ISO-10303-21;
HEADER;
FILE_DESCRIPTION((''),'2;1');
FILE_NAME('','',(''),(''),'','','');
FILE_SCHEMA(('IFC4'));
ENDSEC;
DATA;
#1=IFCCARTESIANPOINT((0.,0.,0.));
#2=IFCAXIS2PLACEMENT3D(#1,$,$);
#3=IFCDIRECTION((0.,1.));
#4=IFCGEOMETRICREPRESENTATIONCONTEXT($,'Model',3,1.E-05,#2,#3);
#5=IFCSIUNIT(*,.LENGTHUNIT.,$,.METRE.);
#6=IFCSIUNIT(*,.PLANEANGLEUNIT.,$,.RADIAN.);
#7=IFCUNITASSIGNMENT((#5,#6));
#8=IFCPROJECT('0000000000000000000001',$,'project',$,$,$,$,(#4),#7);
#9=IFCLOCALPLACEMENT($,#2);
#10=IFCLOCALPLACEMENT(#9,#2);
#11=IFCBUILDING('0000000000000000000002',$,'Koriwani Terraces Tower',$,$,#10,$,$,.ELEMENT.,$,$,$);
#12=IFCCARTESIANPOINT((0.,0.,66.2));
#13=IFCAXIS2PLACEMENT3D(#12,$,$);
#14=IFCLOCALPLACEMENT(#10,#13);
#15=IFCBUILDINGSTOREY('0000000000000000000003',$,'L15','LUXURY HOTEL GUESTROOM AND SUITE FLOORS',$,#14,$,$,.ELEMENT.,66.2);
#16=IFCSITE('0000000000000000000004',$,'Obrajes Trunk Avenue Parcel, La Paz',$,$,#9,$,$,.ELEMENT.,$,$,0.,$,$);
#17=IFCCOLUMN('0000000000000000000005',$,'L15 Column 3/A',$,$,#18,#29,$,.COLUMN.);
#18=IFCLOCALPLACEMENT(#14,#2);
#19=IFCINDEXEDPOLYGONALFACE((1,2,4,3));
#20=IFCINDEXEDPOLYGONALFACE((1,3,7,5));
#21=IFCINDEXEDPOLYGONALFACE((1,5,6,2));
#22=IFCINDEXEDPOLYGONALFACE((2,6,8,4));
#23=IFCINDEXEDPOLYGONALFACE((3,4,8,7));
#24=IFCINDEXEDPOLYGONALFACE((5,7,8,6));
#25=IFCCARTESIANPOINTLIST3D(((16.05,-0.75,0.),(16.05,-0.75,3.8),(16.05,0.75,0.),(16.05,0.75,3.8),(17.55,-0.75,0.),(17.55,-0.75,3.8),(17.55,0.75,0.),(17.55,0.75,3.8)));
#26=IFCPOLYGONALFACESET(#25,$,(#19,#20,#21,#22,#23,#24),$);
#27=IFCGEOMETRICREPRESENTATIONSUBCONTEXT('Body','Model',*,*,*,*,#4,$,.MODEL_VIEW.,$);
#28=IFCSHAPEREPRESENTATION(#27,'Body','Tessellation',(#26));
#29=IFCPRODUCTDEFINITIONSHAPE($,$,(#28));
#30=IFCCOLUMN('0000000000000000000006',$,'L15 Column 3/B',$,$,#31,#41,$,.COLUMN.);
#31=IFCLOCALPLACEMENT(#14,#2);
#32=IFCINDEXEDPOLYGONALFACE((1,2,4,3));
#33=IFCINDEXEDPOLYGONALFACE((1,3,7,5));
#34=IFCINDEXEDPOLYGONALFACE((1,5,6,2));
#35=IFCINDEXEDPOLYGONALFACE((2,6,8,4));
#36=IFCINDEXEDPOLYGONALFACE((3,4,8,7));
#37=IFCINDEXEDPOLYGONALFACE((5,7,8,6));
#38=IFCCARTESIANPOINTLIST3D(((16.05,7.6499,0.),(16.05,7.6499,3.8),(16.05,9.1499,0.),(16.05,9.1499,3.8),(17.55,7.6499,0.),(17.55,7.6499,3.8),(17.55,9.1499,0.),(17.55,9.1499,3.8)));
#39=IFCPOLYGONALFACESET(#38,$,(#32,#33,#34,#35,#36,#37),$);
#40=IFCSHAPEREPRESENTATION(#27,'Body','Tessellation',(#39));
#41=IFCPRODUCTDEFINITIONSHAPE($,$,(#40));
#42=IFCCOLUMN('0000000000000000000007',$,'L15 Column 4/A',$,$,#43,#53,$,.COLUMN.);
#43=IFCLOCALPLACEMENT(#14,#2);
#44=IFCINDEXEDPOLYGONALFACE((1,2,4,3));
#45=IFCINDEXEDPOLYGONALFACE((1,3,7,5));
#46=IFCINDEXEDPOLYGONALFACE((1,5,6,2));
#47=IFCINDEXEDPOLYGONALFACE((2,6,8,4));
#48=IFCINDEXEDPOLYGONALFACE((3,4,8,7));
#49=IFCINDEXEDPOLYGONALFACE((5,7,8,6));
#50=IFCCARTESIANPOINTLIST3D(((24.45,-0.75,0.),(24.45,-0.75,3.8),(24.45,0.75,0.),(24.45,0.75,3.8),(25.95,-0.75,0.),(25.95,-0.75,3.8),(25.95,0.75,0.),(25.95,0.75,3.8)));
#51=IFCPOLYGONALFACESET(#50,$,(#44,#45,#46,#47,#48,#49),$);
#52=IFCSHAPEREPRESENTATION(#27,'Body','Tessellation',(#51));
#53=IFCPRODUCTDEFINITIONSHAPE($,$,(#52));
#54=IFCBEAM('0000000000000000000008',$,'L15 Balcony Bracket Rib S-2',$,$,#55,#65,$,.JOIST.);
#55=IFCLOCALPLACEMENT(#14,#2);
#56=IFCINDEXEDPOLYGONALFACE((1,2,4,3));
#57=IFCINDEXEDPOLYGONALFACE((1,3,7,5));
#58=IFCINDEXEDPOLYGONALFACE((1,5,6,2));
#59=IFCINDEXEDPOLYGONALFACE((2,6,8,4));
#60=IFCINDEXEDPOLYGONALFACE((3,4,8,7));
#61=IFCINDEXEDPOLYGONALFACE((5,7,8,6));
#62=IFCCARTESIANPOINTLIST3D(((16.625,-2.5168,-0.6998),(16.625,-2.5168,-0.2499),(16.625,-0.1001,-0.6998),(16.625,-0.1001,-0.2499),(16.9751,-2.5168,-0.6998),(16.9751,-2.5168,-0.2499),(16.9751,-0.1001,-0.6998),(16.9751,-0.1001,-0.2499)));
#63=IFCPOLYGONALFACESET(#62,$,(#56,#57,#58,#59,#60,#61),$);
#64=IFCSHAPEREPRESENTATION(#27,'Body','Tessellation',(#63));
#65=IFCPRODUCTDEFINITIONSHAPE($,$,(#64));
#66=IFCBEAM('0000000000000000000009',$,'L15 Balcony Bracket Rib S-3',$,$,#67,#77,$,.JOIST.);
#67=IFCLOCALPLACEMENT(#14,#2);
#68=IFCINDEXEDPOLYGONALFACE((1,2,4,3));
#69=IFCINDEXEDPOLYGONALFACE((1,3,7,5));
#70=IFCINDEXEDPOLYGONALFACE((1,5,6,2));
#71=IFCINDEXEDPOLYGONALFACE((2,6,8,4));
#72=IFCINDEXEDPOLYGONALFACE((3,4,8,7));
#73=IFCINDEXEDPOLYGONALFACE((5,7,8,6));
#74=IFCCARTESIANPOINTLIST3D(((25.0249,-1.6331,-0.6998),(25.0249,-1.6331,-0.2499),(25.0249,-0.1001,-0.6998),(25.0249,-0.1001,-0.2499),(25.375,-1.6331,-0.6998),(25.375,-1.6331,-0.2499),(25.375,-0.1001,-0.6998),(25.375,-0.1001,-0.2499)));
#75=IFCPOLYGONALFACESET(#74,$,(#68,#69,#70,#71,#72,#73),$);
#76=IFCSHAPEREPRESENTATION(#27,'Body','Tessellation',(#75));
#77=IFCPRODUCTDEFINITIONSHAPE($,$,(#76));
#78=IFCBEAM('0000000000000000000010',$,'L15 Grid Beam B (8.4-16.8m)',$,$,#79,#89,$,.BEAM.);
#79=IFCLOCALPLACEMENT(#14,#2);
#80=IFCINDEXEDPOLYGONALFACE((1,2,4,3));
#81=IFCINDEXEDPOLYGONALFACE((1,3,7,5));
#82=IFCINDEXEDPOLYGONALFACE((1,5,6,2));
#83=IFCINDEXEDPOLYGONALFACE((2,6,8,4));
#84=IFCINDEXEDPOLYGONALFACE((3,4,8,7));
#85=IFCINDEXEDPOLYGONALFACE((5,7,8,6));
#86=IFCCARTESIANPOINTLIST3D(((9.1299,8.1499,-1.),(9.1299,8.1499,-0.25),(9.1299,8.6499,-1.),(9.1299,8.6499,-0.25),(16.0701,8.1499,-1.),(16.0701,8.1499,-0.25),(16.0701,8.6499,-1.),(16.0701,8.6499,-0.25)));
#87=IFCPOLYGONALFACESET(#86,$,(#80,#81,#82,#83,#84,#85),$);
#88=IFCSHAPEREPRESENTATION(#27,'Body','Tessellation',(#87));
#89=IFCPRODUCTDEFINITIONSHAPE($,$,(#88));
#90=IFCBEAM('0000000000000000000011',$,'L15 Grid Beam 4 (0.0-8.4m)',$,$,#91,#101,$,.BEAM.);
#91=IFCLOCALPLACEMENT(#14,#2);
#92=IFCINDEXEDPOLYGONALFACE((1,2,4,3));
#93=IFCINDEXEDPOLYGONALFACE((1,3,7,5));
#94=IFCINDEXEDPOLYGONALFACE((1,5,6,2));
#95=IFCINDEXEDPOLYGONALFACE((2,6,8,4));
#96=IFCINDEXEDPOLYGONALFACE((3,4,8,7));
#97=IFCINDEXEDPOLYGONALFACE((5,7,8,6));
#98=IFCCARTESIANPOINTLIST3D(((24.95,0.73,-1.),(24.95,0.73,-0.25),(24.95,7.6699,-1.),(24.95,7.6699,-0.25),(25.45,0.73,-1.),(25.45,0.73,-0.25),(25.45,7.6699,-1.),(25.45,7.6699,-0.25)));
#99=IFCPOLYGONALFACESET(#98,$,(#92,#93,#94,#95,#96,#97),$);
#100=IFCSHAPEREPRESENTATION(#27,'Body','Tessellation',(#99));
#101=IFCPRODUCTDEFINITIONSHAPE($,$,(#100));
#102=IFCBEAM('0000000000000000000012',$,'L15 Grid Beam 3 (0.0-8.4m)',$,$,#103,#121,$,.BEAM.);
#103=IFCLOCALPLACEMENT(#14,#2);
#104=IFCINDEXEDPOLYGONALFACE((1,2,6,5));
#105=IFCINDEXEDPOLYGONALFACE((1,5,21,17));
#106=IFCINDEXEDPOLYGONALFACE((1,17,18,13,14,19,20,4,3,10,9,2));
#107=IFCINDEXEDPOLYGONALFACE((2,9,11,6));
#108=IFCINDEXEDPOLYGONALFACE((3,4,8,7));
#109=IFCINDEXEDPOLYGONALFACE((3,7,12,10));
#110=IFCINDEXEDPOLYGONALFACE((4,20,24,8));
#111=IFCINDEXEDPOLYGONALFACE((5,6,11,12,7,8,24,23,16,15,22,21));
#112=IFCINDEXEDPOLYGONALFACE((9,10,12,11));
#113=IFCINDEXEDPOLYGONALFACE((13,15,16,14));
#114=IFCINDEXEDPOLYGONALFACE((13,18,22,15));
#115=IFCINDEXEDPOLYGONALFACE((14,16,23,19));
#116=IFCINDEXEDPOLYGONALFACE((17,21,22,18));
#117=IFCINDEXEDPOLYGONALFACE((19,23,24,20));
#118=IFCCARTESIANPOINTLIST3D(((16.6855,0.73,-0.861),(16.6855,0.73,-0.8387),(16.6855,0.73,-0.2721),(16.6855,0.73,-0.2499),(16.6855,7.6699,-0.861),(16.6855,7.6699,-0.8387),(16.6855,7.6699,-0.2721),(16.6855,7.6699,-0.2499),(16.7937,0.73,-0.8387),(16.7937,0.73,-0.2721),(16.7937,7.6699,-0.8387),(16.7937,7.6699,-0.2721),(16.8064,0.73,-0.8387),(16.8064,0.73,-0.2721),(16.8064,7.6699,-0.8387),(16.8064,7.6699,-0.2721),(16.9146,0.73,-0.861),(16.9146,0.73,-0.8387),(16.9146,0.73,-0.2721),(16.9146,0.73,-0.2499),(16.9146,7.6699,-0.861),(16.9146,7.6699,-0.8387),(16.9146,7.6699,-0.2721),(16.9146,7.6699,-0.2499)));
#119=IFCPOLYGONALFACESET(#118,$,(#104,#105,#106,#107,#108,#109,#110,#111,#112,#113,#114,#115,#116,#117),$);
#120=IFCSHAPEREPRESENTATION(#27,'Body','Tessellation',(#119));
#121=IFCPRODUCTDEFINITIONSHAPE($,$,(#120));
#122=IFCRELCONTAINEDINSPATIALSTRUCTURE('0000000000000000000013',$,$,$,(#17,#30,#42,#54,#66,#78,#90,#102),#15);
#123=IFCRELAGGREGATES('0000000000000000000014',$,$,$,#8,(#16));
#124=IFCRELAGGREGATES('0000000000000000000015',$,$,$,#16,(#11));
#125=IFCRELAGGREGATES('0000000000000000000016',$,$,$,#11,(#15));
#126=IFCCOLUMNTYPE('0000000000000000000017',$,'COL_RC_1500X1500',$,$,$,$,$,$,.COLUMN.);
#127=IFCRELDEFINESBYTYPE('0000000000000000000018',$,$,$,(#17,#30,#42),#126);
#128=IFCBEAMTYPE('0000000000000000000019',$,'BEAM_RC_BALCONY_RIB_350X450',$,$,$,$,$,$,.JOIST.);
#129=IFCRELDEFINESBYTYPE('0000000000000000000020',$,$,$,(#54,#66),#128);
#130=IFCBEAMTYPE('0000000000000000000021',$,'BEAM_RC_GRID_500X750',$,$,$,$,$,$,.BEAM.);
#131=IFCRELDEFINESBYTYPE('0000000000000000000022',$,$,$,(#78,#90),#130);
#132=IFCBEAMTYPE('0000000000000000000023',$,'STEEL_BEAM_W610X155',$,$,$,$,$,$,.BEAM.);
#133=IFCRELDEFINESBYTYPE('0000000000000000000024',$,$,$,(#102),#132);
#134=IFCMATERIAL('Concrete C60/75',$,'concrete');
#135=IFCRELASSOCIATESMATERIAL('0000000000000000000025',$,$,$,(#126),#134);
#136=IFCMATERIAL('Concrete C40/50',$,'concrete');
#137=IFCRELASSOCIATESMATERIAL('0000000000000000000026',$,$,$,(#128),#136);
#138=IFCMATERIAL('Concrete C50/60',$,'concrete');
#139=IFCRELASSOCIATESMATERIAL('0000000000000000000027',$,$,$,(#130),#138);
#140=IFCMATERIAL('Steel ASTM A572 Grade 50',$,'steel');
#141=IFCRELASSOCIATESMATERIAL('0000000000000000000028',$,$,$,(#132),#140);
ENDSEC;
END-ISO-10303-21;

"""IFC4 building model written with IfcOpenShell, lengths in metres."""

from ifc_helpers import new_model, si_unit, direction, frame, origin, origin_2d, place, context, subcontext, project, spatial, rectangle, i_section, extrude, material, material_profile, profile_set, type_object, element, save


model = new_model("IFC4")

# Units and contexts
model_context = context("Model", 3, precision=1e-05, world=origin(), true_north=direction((0.0, 1.0)))
body_context = subcontext(model_context, "Body", "Model", "MODEL_VIEW")
ifc_project = project(units=[si_unit("LENGTHUNIT", "METRE"), si_unit("PLANEANGLEUNIT", "RADIAN")], contexts=[model_context])

# Site, building, storey
site_placement = place(None, origin())
site = spatial("IfcSite", under=ifc_project, at=site_placement, Name="Obrajes Trunk Avenue Parcel, La Paz", CompositionType="ELEMENT", RefElevation=0.0)
building_placement = place(site_placement, origin())
building = spatial("IfcBuilding", under=site, at=building_placement, Name="Koriwani Terraces Tower", CompositionType="ELEMENT")
storey_placement = place(building_placement, frame((0.0, 0.0, 66.2)))
storey = spatial("IfcBuildingStorey", under=building, at=storey_placement, Name="L15", Description="LUXURY HOTEL GUESTROOM AND SUITE FLOORS", CompositionType="ELEMENT", Elevation=66.2)

# Columns
ifc_material_1 = material(Name="Concrete C60/75", Category="concrete")
ifc_material_profile_1 = material_profile(ifc_material_1, rectangle(XDim=1.5, YDim=1.5, at=origin_2d()), Name="Concrete C60/75", Category="LoadBearing")
ifc_profile_set_1 = profile_set([ifc_material_profile_1], Name="Concrete C60/75")
column_type = type_object("IfcColumnType", Name="COL_RC_1500X1500", PredefinedType="COLUMN", material=ifc_profile_set_1)
for number, where, z_axis, x_axis, name in (
    (1, (16.8, 0.0, 0.0), (0.0, 0.0, 1.0), (1.0, 0.0, 0.0), "L15 Column 3/A"),
    (2, (16.8, 8.3999, 0.0), (0.0, 0.0, 1.0), (1.0, 0.0, 0.0), "L15 Column 3/B"),
    (3, (25.2, 0.0, 0.0), (0.0, 0.0, 1.0), (1.0, 0.0, 0.0), "L15 Column 4/A"),
):
    element("IfcColumn", number, at=place(storey_placement, frame(where, z_axis=z_axis, x_axis=x_axis)), inside=storey, type_object=column_type, Name=name, PredefinedType="COLUMN", context=body_context, shape_type="SweptSolid", body=[
        extrude(rectangle(XDim=1.5, YDim=1.5, at=origin_2d()), origin(), (0.0, 0.0, 1.0), 3.8),
    ])

# Beams
ifc_material_2 = material(Name="Concrete C40/50", Category="concrete")
ifc_material_profile_2 = material_profile(ifc_material_2, rectangle(XDim=0.3501, YDim=0.45, at=origin_2d()), Name="Concrete C40/50", Category="LoadBearing")
ifc_profile_set_2 = profile_set([ifc_material_profile_2], Name="Concrete C40/50")
beam_type_1 = type_object("IfcBeamType", Name="BEAM_RC_BALCONY_RIB_350X450", PredefinedType="JOIST", material=ifc_profile_set_2)
beam_1_placement = place(storey_placement, frame((16.8, -2.5168, -0.4749), z_axis=(0.0, 1.0, 0.0), x_axis=(-1.0, 0.0, 0.0)))
element("IfcBeam", 4, at=beam_1_placement, inside=storey, type_object=beam_type_1, Name="L15 Balcony Bracket Rib S-2", PredefinedType="JOIST", context=body_context, shape_type="SweptSolid", body=[
    extrude(rectangle(XDim=0.3501, YDim=0.45, at=origin_2d()), origin(), (0.0, 0.0, 1.0), 2.4167),
])
beam_2_placement = place(storey_placement, frame((25.2, -1.6331, -0.4749), z_axis=(0.0, 1.0, 0.0), x_axis=(-1.0, 0.0, 0.0)))
element("IfcBeam", 5, at=beam_2_placement, inside=storey, type_object=beam_type_1, Name="L15 Balcony Bracket Rib S-3", PredefinedType="JOIST", context=body_context, shape_type="SweptSolid", body=[
    extrude(rectangle(XDim=0.3501, YDim=0.45, at=origin_2d()), origin(), (0.0, 0.0, 1.0), 1.533),
])
ifc_material_3 = material(Name="Concrete C50/60", Category="concrete")
ifc_material_profile_3 = material_profile(ifc_material_3, rectangle(XDim=0.5, YDim=0.75, at=origin_2d()), Name="Concrete C50/60", Category="LoadBearing")
ifc_profile_set_3 = profile_set([ifc_material_profile_3], Name="Concrete C50/60")
beam_type_2 = type_object("IfcBeamType", Name="BEAM_RC_GRID_500X750", PredefinedType="BEAM", material=ifc_profile_set_3)
beam_3_placement = place(storey_placement, frame((9.1299, 8.3999, -0.625), z_axis=(1.0, 0.0, 0.0), x_axis=(0.0, 1.0, 0.0)))
element("IfcBeam", 6, at=beam_3_placement, inside=storey, type_object=beam_type_2, Name="L15 Grid Beam B (8.4-16.8m)", PredefinedType="BEAM", context=body_context, shape_type="SweptSolid", body=[
    extrude(rectangle(XDim=0.5, YDim=0.75, at=origin_2d()), origin(), (0.0, 0.0, 1.0), 6.9402),
])
beam_4_placement = place(storey_placement, frame((25.2, 0.73, -0.625), z_axis=(0.0, 1.0, 0.0), x_axis=(-1.0, 0.0, 0.0)))
element("IfcBeam", 7, at=beam_4_placement, inside=storey, type_object=beam_type_2, Name="L15 Grid Beam 4 (0.0-8.4m)", PredefinedType="BEAM", context=body_context, shape_type="SweptSolid", body=[
    extrude(rectangle(XDim=0.5, YDim=0.75, at=origin_2d()), origin(), (0.0, 0.0, 1.0), 6.9399),
])
ifc_material_4 = material(Name="Steel ASTM A572 Grade 50", Category="steel")
ifc_material_profile_4 = material_profile(ifc_material_4, i_section(OverallWidth=0.229, OverallDepth=0.6111, WebThickness=0.0127, FlangeThickness=0.0222, at=origin_2d()), Name="Steel ASTM A572 Grade 50", Category="LoadBearing")
ifc_profile_set_4 = profile_set([ifc_material_profile_4], Name="Steel ASTM A572 Grade 50")
beam_type_3 = type_object("IfcBeamType", Name="STEEL_BEAM_W610X155", PredefinedType="BEAM", material=ifc_profile_set_4)
beam_5_placement = place(storey_placement, frame((16.8, 0.73, -0.5554), z_axis=(0.0, 1.0, 0.0), x_axis=(-1.0, 0.0, 0.0)))
element("IfcBeam", 8, at=beam_5_placement, inside=storey, type_object=beam_type_3, Name="L15 Grid Beam 3 (0.0-8.4m)", PredefinedType="BEAM", context=body_context, shape_type="SweptSolid", body=[
    extrude(i_section(OverallWidth=0.229, OverallDepth=0.6111, WebThickness=0.0127, FlangeThickness=0.0222, at=origin_2d()), origin(), (0.0, 0.0, 1.0), 6.9399),
])

save(model, "model.ifc")
